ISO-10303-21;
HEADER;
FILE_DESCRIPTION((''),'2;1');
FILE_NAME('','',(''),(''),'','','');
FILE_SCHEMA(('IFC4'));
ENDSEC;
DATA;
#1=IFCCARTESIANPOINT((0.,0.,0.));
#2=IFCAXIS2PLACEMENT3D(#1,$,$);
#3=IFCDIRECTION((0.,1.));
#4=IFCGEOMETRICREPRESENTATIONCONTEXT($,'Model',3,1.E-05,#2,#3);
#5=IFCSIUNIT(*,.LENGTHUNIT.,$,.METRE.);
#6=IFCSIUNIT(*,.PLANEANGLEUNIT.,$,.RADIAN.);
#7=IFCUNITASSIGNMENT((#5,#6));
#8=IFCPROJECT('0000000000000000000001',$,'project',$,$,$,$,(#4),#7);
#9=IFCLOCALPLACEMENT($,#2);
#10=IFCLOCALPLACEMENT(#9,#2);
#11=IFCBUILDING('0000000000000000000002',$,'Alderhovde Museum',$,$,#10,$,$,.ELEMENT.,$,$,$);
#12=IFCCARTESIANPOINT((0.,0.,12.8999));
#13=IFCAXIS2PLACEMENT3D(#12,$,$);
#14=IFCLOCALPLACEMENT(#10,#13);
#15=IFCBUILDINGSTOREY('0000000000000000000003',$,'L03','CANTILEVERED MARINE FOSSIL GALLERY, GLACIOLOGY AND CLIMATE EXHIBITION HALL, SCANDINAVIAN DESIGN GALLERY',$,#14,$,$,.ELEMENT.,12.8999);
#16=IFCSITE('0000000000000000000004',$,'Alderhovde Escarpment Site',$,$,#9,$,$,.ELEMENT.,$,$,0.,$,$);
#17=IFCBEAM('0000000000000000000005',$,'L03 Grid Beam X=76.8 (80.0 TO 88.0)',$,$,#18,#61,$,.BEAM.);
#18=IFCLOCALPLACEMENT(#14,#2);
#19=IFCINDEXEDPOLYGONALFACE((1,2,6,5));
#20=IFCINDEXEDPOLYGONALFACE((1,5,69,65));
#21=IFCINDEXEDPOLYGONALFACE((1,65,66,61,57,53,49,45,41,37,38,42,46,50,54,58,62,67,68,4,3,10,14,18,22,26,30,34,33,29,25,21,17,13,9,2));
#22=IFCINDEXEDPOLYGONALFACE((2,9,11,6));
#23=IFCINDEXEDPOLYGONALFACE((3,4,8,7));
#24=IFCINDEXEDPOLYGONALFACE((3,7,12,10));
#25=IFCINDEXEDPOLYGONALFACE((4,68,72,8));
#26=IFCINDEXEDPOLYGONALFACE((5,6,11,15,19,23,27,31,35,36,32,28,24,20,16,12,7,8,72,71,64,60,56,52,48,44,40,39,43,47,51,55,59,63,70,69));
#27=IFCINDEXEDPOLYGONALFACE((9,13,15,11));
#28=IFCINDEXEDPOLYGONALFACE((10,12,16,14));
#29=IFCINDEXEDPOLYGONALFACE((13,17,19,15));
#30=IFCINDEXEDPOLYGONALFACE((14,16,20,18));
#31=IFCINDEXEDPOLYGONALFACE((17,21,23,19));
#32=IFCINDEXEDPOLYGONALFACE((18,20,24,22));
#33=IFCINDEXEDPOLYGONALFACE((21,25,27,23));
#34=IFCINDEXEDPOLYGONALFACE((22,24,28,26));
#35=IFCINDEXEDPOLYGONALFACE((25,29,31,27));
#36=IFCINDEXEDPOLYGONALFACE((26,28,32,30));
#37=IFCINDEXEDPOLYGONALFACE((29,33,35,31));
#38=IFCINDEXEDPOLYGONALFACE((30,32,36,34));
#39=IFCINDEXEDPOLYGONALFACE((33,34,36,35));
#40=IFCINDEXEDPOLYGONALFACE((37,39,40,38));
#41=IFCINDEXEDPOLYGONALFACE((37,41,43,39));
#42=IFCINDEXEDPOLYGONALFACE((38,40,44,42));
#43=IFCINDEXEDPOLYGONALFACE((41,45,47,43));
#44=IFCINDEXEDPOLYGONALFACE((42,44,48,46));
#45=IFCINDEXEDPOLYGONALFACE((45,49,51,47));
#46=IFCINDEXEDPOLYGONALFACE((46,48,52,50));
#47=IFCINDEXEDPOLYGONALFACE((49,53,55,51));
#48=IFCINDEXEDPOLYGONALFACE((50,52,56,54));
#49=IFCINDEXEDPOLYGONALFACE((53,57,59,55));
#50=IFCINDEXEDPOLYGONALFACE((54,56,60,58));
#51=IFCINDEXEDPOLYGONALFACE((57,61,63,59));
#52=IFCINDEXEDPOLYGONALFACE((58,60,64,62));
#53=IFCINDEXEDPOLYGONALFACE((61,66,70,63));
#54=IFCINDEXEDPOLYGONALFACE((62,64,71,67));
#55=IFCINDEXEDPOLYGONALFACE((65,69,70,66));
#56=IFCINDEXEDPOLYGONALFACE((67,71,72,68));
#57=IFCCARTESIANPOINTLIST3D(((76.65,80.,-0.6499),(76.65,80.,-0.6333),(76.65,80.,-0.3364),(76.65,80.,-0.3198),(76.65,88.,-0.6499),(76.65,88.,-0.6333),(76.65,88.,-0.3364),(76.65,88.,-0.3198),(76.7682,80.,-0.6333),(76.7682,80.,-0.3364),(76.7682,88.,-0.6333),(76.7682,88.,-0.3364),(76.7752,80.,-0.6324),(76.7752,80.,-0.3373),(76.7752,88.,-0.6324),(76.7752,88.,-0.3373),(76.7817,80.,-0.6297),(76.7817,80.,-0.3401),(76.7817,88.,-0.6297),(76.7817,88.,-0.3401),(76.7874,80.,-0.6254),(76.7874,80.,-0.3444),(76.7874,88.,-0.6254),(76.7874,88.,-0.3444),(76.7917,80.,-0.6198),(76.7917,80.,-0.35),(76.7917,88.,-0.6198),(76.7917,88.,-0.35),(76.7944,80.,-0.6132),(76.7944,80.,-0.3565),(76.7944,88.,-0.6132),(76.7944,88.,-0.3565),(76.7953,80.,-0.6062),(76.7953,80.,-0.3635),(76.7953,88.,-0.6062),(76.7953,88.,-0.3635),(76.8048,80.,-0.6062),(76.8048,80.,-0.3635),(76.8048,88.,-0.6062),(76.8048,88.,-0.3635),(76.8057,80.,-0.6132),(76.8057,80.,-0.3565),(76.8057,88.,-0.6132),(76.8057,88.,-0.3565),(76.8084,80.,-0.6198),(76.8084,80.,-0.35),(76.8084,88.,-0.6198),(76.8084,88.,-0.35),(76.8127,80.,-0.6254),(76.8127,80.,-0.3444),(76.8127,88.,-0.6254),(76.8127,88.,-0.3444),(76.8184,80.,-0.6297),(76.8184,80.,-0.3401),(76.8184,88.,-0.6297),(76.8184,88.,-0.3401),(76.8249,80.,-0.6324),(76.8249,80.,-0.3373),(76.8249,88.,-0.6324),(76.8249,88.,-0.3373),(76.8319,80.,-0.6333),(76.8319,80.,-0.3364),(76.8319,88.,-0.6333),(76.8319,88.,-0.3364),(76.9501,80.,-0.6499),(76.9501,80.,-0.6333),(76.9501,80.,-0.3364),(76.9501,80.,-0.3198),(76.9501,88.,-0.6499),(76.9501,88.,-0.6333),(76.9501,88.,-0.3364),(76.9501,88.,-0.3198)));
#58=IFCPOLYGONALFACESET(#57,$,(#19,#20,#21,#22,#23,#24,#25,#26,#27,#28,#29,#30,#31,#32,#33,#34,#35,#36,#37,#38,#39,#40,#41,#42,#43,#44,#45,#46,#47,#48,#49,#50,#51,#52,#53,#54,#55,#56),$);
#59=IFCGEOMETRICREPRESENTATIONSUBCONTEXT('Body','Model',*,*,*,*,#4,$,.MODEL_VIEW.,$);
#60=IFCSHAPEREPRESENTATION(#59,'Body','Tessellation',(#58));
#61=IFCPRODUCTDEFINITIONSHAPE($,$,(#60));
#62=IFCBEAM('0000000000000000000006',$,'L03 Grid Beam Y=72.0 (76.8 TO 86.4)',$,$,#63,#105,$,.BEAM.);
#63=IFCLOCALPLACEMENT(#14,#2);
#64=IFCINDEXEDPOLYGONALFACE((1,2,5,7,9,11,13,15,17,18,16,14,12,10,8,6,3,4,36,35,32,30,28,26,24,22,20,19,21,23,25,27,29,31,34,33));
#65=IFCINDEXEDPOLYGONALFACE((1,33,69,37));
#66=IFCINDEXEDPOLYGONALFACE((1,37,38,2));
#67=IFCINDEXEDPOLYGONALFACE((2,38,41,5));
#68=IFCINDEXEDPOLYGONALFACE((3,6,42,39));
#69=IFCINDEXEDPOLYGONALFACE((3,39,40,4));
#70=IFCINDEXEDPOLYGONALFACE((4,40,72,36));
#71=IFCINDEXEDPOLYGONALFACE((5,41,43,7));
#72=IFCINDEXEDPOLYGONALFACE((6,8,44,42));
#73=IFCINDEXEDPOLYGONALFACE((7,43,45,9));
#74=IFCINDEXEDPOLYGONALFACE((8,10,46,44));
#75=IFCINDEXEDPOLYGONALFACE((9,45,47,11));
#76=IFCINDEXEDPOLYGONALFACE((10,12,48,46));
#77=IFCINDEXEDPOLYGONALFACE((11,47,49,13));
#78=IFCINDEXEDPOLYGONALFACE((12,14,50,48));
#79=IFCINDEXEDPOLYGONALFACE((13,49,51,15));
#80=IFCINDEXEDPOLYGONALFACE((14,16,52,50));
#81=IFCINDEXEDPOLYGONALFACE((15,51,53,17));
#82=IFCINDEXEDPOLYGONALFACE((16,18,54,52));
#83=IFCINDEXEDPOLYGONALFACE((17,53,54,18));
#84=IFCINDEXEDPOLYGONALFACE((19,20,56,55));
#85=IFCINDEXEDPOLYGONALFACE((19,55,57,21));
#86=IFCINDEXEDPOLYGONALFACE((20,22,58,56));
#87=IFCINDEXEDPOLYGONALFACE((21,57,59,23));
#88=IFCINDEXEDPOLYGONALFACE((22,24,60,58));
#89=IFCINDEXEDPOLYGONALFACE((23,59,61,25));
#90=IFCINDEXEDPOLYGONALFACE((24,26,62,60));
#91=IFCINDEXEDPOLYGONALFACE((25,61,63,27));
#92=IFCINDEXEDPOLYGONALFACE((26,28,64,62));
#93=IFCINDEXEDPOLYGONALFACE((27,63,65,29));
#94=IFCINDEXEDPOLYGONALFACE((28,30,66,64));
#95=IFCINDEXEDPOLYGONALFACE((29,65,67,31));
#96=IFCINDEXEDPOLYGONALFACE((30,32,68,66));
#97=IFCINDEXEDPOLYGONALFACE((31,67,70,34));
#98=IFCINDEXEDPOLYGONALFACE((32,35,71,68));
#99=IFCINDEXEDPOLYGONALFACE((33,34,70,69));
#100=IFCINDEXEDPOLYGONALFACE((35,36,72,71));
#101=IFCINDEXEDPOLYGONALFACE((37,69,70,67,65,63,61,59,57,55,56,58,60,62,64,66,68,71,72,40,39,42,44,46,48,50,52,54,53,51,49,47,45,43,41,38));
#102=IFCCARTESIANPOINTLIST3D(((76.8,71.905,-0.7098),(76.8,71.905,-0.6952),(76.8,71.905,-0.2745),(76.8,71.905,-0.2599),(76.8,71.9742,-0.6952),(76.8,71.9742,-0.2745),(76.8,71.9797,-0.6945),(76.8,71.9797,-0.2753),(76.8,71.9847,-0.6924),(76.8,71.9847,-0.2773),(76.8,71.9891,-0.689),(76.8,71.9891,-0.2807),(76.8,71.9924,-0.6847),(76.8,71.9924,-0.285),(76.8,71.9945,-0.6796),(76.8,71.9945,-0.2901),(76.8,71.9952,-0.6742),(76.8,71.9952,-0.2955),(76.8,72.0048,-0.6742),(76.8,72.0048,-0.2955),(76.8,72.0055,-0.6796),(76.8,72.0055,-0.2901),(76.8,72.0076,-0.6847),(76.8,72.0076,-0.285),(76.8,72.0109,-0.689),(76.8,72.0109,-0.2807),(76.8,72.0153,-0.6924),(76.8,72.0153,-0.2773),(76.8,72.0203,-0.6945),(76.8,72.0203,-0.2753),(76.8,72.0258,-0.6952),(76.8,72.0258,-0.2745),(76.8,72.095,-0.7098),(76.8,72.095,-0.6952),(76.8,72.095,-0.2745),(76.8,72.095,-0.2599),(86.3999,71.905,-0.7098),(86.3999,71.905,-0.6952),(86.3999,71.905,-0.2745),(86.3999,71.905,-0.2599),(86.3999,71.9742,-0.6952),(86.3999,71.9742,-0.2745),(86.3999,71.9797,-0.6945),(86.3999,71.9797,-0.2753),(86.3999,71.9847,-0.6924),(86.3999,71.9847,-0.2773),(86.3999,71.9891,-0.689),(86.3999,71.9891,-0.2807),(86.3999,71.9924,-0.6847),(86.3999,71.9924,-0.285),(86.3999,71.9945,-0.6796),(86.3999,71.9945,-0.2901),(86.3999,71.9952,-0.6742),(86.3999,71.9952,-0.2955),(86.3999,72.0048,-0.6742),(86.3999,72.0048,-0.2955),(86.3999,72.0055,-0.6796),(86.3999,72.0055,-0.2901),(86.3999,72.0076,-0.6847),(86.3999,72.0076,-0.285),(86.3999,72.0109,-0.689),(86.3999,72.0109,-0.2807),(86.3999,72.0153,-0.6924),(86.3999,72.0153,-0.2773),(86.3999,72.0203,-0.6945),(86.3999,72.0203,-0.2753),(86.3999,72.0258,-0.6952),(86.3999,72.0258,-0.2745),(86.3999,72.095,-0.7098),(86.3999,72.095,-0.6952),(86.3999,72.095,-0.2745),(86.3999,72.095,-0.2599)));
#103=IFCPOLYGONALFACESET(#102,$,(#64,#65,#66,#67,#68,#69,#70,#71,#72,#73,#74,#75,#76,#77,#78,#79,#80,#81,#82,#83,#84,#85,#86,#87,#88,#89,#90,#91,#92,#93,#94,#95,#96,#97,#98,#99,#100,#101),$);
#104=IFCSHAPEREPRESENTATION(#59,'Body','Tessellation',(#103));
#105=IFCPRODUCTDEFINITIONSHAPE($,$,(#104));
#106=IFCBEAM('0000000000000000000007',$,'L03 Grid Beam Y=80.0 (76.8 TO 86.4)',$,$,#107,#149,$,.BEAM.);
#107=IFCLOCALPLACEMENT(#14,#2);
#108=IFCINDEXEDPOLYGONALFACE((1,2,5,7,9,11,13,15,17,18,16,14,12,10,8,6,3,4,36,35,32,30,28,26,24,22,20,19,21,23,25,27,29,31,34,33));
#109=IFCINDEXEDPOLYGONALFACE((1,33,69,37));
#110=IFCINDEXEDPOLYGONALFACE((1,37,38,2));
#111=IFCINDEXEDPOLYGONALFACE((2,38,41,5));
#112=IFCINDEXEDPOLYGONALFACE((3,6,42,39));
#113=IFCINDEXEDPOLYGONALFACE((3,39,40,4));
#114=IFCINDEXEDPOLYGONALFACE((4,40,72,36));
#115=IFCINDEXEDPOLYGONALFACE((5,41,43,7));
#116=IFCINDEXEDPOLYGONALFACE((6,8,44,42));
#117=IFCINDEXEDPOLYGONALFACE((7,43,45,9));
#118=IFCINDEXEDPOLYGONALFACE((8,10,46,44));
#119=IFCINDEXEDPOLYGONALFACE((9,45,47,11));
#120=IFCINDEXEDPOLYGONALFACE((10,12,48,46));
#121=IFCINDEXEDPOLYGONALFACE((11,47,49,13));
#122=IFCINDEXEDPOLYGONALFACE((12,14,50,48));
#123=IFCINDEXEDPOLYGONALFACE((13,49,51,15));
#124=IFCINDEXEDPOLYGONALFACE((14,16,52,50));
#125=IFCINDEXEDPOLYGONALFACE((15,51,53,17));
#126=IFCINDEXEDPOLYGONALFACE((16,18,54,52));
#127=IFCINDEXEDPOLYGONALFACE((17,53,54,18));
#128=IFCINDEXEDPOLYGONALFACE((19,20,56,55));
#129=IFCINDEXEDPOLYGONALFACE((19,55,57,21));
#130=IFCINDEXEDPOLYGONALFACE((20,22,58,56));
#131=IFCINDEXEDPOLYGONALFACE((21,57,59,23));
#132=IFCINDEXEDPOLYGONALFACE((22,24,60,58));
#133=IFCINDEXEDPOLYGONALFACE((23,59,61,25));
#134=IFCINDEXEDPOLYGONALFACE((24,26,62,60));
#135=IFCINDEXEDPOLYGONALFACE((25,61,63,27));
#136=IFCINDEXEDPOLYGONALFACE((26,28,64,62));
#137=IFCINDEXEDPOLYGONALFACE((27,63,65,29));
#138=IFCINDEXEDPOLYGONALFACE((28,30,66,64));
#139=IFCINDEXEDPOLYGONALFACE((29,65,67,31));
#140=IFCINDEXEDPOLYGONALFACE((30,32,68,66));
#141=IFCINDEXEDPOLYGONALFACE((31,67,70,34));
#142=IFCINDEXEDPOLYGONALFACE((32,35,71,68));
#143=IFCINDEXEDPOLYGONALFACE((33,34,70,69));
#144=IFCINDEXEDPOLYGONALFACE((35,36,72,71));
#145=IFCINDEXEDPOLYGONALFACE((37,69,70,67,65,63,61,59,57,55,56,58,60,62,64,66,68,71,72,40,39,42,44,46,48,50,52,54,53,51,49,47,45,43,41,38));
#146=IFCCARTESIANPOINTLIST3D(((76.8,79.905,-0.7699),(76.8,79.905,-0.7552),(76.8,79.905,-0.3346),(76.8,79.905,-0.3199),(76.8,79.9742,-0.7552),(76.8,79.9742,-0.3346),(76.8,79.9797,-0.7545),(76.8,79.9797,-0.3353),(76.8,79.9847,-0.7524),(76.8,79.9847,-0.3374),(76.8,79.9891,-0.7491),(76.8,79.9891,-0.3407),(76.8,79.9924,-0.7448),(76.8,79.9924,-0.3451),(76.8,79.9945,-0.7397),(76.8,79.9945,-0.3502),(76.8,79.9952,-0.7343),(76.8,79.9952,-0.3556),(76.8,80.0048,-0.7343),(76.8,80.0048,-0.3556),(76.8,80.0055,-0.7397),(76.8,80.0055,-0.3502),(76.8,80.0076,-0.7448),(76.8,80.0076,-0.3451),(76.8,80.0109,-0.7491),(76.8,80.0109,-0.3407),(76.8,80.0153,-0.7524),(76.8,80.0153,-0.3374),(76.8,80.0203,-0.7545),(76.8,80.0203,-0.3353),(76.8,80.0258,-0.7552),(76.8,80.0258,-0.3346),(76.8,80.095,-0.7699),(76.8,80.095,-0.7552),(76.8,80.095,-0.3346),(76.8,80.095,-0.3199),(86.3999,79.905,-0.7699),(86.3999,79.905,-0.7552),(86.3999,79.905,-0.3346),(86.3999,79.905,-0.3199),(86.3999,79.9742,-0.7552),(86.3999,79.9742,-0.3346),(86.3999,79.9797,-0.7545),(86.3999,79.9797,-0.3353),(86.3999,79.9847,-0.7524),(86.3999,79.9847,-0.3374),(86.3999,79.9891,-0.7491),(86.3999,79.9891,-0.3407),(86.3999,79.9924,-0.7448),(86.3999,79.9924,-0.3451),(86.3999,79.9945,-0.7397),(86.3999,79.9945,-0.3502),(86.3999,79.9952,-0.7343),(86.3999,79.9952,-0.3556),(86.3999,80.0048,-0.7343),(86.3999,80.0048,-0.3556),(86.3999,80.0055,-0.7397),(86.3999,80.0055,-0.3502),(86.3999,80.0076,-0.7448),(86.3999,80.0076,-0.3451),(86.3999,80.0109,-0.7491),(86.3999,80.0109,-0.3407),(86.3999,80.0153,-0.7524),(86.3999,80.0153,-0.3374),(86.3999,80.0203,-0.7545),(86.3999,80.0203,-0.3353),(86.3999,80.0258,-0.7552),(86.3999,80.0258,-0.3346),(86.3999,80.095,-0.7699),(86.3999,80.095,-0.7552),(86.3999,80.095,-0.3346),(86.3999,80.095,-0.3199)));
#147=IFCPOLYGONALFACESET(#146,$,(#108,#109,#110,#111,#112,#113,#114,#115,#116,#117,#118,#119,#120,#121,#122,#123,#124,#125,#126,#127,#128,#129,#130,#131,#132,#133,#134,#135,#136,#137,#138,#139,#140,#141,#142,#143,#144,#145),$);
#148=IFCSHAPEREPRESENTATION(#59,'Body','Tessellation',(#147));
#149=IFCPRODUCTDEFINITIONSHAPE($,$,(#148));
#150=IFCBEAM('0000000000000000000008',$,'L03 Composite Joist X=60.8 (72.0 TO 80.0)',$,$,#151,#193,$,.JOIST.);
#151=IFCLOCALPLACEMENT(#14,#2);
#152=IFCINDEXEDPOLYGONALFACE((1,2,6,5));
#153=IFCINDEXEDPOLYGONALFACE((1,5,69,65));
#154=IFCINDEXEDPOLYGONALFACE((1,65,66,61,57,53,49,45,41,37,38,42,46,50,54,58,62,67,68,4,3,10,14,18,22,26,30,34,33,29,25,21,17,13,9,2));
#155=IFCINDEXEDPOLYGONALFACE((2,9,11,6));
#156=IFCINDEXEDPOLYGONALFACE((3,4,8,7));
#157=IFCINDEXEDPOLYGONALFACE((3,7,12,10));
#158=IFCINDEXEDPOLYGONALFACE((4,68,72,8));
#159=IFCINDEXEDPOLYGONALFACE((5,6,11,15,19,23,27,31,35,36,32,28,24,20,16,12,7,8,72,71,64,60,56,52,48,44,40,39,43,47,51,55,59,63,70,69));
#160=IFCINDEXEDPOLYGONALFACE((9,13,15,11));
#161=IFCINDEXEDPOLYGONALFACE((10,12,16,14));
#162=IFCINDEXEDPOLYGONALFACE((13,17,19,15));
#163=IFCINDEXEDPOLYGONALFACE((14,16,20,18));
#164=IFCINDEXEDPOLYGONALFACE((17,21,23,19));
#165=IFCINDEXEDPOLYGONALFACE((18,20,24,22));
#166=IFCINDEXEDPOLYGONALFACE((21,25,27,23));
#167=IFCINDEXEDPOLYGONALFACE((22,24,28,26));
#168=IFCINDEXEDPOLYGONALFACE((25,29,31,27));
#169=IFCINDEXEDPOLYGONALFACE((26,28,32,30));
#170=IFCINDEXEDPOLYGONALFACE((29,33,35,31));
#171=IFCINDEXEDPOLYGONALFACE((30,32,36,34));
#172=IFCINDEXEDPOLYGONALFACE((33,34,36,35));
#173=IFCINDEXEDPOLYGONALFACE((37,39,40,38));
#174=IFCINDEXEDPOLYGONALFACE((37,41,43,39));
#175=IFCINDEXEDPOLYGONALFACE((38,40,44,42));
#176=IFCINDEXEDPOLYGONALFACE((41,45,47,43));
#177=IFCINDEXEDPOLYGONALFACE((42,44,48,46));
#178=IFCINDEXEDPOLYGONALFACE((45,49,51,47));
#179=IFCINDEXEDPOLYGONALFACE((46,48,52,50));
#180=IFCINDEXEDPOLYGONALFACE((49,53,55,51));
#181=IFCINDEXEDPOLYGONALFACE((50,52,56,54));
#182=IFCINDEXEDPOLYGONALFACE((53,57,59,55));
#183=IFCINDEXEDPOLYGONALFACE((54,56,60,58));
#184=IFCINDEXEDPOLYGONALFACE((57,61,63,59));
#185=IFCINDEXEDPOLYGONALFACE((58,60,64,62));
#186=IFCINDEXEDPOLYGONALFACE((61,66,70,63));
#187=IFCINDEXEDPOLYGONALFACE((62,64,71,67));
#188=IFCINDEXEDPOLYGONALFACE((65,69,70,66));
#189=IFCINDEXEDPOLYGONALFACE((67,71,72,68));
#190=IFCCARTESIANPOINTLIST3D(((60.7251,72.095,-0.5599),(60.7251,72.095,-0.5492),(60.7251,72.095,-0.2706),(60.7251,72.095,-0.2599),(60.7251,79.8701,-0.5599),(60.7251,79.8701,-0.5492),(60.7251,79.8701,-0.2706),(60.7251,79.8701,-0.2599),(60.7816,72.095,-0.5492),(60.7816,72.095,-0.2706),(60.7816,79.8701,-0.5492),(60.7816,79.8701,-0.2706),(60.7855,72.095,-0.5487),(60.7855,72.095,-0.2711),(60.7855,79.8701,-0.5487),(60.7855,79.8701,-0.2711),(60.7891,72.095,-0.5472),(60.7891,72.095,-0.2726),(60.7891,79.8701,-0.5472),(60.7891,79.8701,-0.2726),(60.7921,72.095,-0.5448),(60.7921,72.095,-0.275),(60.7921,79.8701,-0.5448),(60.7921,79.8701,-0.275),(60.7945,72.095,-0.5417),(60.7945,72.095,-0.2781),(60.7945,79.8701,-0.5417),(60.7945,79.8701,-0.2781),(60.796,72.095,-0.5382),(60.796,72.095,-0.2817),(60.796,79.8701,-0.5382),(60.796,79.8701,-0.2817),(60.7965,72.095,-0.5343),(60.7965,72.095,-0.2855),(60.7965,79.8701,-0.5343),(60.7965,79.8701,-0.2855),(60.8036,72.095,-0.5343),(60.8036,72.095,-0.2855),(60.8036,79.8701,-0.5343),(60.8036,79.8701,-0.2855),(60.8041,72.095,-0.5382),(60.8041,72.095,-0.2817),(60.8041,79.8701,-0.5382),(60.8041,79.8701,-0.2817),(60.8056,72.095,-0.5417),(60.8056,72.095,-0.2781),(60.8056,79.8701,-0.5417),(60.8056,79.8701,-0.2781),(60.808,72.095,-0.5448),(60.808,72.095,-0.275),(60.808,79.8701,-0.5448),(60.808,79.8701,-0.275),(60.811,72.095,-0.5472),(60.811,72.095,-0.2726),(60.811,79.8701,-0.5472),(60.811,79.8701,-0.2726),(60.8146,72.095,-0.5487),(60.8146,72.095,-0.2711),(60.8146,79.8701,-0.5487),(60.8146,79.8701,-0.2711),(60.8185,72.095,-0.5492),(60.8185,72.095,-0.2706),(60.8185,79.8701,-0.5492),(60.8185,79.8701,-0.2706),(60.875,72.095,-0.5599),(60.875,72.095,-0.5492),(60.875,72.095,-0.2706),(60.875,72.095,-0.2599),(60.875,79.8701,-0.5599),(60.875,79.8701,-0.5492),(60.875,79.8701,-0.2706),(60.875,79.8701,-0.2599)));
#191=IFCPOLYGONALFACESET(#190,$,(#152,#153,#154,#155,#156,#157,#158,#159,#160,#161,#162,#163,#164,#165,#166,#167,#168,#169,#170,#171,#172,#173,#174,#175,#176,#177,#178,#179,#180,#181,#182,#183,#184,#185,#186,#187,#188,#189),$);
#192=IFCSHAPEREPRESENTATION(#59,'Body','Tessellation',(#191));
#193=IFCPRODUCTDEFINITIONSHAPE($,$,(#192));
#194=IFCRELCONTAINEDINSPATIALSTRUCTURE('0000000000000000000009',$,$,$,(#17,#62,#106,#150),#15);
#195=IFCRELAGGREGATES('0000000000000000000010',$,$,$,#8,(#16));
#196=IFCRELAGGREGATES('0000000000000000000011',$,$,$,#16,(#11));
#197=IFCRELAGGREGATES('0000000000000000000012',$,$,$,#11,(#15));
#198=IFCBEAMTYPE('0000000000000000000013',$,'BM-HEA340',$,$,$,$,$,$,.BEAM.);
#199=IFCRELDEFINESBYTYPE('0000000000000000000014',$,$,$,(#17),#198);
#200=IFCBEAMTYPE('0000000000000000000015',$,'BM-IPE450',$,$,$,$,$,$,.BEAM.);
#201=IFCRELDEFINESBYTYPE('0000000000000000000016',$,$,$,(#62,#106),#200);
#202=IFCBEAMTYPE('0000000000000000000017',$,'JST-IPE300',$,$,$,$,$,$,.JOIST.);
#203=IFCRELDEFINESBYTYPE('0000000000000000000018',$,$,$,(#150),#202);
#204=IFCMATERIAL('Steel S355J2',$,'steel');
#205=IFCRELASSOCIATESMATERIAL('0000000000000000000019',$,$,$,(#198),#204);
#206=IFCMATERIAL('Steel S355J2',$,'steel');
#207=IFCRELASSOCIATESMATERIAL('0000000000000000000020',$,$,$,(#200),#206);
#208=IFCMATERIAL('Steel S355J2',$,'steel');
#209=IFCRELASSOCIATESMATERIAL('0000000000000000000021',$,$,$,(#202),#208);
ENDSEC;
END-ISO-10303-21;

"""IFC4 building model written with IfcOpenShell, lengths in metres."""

from ifc_helpers import new_model, si_unit, direction, frame, origin, origin_2d, place, context, subcontext, project, spatial, i_section, extrude, material, material_profile, profile_set, type_object, element, save


model = new_model("IFC4")

# Units and contexts
model_context = context("Model", 3, precision=1e-05, world=origin(), true_north=direction((0.0, 1.0)))
body_context = subcontext(model_context, "Body", "Model", "MODEL_VIEW")
ifc_project = project(units=[si_unit("LENGTHUNIT", "METRE"), si_unit("PLANEANGLEUNIT", "RADIAN")], contexts=[model_context])

# Site, building, storey
site_placement = place(None, origin())
site = spatial("IfcSite", under=ifc_project, at=site_placement, Name="Alderhovde Escarpment Site", CompositionType="ELEMENT", RefElevation=0.0)
building_placement = place(site_placement, origin())
building = spatial("IfcBuilding", under=site, at=building_placement, Name="Alderhovde Museum", CompositionType="ELEMENT")
storey_placement = place(building_placement, frame((0.0, 0.0, 12.8999)))
storey = spatial("IfcBuildingStorey", under=building, at=storey_placement, Name="L03", Description="CANTILEVERED MARINE FOSSIL GALLERY, GLACIOLOGY AND CLIMATE EXHIBITION HALL, SCANDINAVIAN DESIGN GALLERY", CompositionType="ELEMENT", Elevation=12.8999)

# Beams
ifc_material_1 = material(Name="Steel S355J2", Category="steel")
ifc_material_profile_1 = material_profile(ifc_material_1, i_section(OverallWidth=0.3, OverallDepth=0.3301, WebThickness=0.0095, FlangeThickness=0.0166, FilletRadius=0.0271, at=origin_2d()), Name="HEA 340")
ifc_profile_set_1 = profile_set([ifc_material_profile_1], Name="Steel S355J2")
beam_type_1 = type_object("IfcBeamType", Name="BM-HEA340", PredefinedType="BEAM", material=ifc_profile_set_1)
for number, where, z_axis, x_axis, name in (
    (1, (76.8, 80.0, -0.4849), (0.0, 1.0, 0.0), (-1.0, 0.0, 0.0), "L03 Grid Beam X=76.8 (80.0 TO 88.0)"),
):
    element("IfcBeam", number, at=place(storey_placement, frame(where, z_axis=z_axis, x_axis=x_axis)), inside=storey, type_object=beam_type_1, Name=name, PredefinedType="BEAM", context=body_context, shape_type="SweptSolid", body=[
        extrude(i_section(OverallWidth=0.3, OverallDepth=0.3301, WebThickness=0.0095, FlangeThickness=0.0166, FilletRadius=0.0271, at=origin_2d()), origin(), (0.0, 0.0, 1.0), 8.0),
    ])
ifc_material_2 = material(Name="Steel S355J2", Category="steel")
ifc_material_profile_2 = material_profile(ifc_material_2, i_section(OverallWidth=0.1899, OverallDepth=0.45, WebThickness=0.0095, FlangeThickness=0.0146, FilletRadius=0.021, at=origin_2d()), Name="IPE 450")
ifc_profile_set_2 = profile_set([ifc_material_profile_2], Name="Steel S355J2")
beam_type_2 = type_object("IfcBeamType", Name="BM-IPE450", PredefinedType="BEAM", material=ifc_profile_set_2)
for number, where, z_axis, x_axis, name in (
    (2, (76.8, 72.0, -0.4849), (1.0, 0.0, 0.0), (0.0, 1.0, 0.0), "L03 Grid Beam Y=72.0 (76.8 TO 86.4)"),
    (3, (76.8, 80.0, -0.5449), (1.0, 0.0, 0.0), (0.0, 1.0, 0.0), "L03 Grid Beam Y=80.0 (76.8 TO 86.4)"),
):
    element("IfcBeam", number, at=place(storey_placement, frame(where, z_axis=z_axis, x_axis=x_axis)), inside=storey, type_object=beam_type_2, Name=name, PredefinedType="BEAM", context=body_context, shape_type="SweptSolid", body=[
        extrude(i_section(OverallWidth=0.1899, OverallDepth=0.45, WebThickness=0.0095, FlangeThickness=0.0146, FilletRadius=0.021, at=origin_2d()), origin(), (0.0, 0.0, 1.0), 9.5999),
    ])
ifc_material_3 = material(Name="Steel S355J2", Category="steel")
ifc_material_profile_3 = material_profile(ifc_material_3, i_section(OverallWidth=0.1499, OverallDepth=0.3, WebThickness=0.0071, FlangeThickness=0.0107, FilletRadius=0.0149, at=origin_2d()), Name="IPE 300")
ifc_profile_set_3 = profile_set([ifc_material_profile_3], Name="Steel S355J2")
beam_type_3 = type_object("IfcBeamType", Name="JST-IPE300", PredefinedType="JOIST", material=ifc_profile_set_3)
for number, where, z_axis, x_axis, name in (
    (4, (60.8, 72.095, -0.4099), (0.0, 1.0, 0.0), (-1.0, 0.0, 0.0), "L03 Composite Joist X=60.8 (72.0 TO 80.0)"),
):
    element("IfcBeam", number, at=place(storey_placement, frame(where, z_axis=z_axis, x_axis=x_axis)), inside=storey, type_object=beam_type_3, Name=name, PredefinedType="JOIST", context=body_context, shape_type="SweptSolid", body=[
        extrude(i_section(OverallWidth=0.1499, OverallDepth=0.3, WebThickness=0.0071, FlangeThickness=0.0107, FilletRadius=0.0149, at=origin_2d()), origin(), (0.0, 0.0, 1.0), 7.7751),
    ])

save(model, "model.ifc")
